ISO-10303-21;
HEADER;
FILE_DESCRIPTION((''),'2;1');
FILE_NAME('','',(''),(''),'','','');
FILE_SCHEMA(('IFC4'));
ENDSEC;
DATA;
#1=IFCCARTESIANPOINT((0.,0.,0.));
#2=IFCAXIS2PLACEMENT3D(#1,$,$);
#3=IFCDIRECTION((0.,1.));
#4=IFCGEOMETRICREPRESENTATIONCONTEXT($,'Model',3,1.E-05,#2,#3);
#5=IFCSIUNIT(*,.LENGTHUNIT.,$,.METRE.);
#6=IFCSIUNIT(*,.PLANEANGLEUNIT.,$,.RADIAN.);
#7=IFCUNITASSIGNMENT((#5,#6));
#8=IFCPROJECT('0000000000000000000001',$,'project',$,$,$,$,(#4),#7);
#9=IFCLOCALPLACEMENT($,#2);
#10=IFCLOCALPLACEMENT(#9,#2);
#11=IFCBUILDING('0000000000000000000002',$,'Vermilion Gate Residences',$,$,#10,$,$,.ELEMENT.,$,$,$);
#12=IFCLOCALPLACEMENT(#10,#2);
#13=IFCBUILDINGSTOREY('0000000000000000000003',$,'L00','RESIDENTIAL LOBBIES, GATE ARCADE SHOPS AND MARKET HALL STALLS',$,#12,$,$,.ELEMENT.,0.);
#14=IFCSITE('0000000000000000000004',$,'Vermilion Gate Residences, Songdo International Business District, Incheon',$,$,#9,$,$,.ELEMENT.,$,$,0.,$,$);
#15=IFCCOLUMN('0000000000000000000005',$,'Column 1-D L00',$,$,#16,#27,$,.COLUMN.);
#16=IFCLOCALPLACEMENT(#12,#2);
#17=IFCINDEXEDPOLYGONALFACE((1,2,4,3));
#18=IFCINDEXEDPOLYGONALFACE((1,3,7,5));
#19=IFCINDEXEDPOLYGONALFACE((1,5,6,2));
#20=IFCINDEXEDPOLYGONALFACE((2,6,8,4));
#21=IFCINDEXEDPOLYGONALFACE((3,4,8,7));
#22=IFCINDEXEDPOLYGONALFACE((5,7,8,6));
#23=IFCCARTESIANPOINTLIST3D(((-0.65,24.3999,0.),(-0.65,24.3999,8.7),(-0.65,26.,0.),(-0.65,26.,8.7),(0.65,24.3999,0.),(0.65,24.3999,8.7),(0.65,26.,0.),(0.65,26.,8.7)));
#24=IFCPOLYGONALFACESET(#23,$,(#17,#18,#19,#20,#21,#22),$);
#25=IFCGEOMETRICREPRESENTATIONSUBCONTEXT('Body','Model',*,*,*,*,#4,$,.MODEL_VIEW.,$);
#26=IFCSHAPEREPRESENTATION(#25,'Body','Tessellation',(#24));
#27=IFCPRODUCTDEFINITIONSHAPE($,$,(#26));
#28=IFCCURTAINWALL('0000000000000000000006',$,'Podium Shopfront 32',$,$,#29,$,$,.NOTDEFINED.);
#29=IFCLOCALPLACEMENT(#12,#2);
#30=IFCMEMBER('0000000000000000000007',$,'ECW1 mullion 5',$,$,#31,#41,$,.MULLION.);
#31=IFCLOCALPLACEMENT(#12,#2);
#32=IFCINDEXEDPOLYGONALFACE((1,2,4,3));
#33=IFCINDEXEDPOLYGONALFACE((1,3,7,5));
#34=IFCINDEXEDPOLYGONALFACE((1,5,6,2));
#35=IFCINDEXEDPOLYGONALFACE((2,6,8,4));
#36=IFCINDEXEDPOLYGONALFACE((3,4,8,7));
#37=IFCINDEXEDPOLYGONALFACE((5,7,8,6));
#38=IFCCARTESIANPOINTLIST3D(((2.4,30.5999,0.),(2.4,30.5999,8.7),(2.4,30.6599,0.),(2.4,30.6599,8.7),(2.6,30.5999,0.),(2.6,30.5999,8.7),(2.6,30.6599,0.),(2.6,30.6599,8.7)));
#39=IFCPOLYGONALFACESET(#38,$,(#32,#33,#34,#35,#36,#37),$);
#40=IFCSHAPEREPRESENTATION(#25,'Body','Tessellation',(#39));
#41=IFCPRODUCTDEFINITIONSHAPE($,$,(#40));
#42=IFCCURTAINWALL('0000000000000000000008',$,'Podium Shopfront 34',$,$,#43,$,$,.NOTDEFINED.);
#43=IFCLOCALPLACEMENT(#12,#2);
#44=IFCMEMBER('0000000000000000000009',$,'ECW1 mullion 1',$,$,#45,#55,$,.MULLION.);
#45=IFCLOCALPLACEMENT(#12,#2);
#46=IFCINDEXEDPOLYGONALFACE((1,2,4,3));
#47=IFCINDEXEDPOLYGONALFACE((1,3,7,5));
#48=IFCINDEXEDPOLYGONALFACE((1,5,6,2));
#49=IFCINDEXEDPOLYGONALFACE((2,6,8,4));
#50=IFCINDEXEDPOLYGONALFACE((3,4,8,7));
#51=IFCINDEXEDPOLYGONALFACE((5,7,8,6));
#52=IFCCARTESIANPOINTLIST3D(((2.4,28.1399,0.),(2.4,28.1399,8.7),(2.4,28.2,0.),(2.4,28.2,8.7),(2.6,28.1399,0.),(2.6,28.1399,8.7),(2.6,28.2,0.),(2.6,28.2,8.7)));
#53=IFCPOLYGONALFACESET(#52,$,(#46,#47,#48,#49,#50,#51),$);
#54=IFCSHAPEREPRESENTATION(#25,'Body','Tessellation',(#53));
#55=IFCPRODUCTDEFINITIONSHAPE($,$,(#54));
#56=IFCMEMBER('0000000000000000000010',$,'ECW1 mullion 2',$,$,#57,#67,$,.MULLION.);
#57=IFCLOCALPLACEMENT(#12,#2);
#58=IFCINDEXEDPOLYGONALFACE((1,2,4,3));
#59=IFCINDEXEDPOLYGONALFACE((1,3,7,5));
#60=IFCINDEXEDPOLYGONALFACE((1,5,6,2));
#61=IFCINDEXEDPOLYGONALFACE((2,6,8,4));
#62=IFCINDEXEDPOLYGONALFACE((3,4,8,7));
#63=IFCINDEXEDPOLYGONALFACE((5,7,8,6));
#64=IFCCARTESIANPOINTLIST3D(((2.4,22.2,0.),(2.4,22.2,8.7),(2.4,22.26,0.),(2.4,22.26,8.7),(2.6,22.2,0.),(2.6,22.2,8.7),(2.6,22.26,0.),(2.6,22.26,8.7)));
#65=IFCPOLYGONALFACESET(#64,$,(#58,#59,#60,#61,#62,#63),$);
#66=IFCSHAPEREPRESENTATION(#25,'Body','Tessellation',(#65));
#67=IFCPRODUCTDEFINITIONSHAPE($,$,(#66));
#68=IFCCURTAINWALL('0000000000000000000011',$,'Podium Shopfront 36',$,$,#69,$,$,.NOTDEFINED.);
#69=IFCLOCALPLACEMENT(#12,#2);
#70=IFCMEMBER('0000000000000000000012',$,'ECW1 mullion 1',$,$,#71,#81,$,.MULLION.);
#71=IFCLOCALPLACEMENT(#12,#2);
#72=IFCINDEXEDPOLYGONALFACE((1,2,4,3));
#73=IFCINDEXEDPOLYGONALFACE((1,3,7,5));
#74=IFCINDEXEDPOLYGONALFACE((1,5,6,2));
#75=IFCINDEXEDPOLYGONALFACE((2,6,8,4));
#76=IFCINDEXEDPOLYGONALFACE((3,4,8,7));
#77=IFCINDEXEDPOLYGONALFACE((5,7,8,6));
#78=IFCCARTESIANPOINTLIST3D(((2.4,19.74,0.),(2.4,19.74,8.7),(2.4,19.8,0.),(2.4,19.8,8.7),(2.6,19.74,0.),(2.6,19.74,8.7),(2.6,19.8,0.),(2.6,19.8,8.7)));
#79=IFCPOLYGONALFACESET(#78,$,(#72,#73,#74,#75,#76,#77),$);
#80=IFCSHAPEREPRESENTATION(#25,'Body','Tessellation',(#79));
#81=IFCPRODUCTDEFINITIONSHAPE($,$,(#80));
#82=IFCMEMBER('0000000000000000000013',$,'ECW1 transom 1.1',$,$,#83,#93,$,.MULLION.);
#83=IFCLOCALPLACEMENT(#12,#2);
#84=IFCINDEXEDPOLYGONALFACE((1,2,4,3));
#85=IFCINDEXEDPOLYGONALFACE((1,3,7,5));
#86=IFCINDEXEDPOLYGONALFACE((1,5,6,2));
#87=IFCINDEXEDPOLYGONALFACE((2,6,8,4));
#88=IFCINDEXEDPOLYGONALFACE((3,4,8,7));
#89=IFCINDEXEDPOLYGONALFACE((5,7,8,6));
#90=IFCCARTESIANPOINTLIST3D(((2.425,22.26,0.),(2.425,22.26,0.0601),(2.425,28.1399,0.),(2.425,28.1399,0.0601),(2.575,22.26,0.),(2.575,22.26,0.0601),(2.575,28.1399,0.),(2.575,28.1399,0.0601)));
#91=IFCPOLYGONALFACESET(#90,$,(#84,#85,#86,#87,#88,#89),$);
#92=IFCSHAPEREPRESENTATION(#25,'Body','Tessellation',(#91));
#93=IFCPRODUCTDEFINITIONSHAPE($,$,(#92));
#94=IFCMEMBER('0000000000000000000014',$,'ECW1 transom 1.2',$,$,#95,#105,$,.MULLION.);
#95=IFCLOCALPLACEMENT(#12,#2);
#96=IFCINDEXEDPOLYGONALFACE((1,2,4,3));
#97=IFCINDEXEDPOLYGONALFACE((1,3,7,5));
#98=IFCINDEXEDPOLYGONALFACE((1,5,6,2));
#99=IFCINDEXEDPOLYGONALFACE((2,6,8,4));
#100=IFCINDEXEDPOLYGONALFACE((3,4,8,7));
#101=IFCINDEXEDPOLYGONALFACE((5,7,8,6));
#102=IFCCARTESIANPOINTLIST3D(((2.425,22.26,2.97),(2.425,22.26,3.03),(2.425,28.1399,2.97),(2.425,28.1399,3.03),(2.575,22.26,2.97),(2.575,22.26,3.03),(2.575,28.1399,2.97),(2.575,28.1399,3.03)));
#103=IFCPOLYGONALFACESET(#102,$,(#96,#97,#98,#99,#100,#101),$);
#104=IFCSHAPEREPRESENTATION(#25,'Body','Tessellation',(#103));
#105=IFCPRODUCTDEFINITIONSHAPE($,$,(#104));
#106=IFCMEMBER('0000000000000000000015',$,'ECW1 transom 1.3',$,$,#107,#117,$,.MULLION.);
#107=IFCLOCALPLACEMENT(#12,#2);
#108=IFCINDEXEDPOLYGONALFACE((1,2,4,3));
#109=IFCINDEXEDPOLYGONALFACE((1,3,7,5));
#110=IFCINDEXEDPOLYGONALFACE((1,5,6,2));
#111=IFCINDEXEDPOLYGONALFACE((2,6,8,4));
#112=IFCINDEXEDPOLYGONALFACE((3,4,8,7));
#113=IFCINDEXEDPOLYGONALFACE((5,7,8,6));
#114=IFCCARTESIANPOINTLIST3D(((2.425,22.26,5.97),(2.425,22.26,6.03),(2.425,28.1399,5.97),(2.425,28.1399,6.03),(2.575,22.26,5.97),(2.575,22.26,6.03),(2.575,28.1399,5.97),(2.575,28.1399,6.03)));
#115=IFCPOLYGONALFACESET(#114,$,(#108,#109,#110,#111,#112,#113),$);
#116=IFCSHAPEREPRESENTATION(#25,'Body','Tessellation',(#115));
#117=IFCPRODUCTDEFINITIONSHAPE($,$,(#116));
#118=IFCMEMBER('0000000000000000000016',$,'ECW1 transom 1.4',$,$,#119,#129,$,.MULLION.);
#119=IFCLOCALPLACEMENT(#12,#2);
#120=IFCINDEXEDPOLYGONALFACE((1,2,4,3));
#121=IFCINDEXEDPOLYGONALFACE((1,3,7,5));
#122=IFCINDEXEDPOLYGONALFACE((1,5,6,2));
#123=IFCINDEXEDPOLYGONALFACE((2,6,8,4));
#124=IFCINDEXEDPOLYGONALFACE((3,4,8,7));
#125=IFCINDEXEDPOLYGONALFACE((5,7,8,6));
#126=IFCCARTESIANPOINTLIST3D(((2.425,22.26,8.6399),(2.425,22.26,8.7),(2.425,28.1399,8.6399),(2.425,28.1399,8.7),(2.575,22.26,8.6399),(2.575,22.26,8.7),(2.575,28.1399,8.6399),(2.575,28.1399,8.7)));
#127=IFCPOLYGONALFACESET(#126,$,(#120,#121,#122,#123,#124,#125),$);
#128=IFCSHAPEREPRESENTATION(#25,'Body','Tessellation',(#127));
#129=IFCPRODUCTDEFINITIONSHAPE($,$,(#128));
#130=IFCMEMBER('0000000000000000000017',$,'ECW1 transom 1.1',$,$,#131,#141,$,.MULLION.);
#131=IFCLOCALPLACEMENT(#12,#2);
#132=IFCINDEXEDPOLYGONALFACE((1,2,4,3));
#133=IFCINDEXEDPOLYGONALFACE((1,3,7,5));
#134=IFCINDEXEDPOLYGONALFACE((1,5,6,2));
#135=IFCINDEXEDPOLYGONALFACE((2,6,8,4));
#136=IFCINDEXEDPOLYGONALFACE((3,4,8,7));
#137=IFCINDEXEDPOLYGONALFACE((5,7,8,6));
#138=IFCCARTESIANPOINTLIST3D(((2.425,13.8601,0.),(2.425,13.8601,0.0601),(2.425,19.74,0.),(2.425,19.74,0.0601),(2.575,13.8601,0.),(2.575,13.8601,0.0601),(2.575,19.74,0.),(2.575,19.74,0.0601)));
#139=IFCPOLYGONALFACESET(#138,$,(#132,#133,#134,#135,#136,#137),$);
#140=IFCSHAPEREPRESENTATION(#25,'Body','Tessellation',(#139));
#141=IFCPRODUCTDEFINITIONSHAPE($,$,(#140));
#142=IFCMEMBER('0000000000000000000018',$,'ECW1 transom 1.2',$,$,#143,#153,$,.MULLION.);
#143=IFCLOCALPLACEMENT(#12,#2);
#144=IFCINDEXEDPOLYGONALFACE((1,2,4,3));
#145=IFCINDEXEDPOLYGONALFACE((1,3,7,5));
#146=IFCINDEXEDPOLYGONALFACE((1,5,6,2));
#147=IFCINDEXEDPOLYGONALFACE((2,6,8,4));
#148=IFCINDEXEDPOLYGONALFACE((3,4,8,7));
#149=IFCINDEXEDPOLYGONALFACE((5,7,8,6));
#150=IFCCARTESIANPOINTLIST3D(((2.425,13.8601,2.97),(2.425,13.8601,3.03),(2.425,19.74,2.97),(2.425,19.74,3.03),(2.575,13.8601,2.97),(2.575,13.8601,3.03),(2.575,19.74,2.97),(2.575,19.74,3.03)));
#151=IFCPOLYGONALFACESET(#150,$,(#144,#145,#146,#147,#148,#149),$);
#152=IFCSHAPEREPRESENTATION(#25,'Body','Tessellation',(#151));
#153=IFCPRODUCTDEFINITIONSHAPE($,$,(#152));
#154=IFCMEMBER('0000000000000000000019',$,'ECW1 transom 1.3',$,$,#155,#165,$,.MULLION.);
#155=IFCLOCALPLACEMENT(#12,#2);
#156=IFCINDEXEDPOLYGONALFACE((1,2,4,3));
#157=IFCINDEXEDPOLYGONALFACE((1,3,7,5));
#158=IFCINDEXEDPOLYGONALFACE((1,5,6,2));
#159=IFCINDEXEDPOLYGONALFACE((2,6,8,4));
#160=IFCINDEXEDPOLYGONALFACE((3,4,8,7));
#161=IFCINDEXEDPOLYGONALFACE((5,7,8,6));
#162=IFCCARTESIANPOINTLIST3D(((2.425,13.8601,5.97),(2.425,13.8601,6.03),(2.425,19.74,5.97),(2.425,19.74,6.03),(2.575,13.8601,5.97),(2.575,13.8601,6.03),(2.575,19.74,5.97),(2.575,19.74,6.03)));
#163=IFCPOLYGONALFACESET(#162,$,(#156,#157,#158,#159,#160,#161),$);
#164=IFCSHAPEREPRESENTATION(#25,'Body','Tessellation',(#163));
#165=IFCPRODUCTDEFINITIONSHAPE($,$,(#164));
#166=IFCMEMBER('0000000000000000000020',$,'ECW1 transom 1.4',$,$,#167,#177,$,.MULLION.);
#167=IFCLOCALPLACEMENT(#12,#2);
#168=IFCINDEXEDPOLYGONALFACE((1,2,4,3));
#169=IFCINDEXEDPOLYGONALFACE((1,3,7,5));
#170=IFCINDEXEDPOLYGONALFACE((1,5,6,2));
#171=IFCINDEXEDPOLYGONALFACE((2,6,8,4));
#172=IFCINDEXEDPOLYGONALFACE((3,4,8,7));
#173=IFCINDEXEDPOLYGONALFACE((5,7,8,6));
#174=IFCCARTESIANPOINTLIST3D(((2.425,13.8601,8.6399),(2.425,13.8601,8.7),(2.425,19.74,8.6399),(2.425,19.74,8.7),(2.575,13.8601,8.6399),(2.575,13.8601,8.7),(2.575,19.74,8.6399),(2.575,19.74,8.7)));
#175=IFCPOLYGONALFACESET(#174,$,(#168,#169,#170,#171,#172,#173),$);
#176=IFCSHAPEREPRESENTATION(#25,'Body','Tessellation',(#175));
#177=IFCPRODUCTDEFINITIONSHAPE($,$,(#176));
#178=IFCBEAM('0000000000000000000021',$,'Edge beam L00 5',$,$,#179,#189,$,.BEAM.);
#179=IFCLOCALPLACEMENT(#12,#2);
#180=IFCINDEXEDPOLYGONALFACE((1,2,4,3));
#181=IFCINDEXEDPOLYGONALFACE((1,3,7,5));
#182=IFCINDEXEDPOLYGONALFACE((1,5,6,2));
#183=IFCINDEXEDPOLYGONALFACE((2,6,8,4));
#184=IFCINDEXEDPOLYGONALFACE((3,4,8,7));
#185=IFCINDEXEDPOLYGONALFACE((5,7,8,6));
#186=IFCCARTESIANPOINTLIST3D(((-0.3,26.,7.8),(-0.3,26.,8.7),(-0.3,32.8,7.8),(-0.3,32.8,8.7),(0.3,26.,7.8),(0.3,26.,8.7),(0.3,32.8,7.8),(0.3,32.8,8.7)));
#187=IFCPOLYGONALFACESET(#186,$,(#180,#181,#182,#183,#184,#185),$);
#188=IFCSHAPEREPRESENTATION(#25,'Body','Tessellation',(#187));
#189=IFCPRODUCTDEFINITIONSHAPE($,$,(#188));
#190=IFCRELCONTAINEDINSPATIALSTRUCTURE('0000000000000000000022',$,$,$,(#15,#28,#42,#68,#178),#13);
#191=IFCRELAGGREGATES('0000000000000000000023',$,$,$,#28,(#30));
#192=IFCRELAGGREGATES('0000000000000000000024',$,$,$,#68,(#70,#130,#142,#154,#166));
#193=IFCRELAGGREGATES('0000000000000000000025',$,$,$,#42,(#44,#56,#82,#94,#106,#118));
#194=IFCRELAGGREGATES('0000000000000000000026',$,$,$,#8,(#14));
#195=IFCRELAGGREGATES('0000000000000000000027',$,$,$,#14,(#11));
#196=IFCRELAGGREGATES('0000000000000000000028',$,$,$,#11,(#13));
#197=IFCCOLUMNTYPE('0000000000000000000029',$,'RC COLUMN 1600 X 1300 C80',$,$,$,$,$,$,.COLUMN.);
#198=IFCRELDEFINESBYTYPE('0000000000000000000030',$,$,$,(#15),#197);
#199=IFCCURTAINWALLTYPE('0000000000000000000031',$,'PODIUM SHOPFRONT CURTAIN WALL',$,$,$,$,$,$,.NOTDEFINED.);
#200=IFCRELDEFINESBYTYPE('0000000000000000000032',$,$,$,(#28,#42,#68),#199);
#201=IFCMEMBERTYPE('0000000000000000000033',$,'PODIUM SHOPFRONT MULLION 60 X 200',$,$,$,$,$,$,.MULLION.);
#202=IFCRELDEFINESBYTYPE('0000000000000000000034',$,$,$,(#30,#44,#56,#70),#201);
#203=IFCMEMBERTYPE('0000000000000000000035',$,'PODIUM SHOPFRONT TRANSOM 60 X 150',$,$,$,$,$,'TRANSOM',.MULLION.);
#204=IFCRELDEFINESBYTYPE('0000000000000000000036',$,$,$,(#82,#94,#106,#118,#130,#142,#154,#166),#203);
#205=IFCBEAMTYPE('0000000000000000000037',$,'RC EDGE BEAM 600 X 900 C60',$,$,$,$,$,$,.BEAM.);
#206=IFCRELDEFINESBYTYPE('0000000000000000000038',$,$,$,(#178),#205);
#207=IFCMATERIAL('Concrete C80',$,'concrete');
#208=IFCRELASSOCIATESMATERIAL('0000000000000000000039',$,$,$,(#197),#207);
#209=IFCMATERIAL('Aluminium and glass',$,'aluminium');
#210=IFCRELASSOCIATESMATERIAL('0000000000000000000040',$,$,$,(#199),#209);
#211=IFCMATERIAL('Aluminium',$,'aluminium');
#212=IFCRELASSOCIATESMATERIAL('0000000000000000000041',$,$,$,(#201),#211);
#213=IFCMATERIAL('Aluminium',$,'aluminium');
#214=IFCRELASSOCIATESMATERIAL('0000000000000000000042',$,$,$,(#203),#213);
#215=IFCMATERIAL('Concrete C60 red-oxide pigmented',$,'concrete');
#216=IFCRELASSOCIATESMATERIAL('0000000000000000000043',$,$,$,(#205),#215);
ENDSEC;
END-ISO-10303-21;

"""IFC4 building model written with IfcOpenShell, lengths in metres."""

from ifc_helpers import new_model, si_unit, direction, frame, origin, origin_2d, place, context, subcontext, project, spatial, rectangle, extrude, material, material_profile, profile_set, type_object, element, aggregate, save


model = new_model("IFC4")

# Units and contexts
model_context = context("Model", 3, precision=1e-05, world=origin(), true_north=direction((0.0, 1.0)))
body_context = subcontext(model_context, "Body", "Model", "MODEL_VIEW")
ifc_project = project(units=[si_unit("LENGTHUNIT", "METRE"), si_unit("PLANEANGLEUNIT", "RADIAN")], contexts=[model_context])

# Site, building, storey
site_placement = place(None, origin())
site = spatial("IfcSite", under=ifc_project, at=site_placement, Name="Vermilion Gate Residences, Songdo International Business District, Incheon", CompositionType="ELEMENT", RefElevation=0.0)
building_placement = place(site_placement, origin())
building = spatial("IfcBuilding", under=site, at=building_placement, Name="Vermilion Gate Residences", CompositionType="ELEMENT")
storey_placement = place(building_placement, origin())
storey = spatial("IfcBuildingStorey", under=building, at=storey_placement, Name="L00", Description="RESIDENTIAL LOBBIES, GATE ARCADE SHOPS AND MARKET HALL STALLS", CompositionType="ELEMENT", Elevation=0.0)

# Column
ifc_material_1 = material(Name="Concrete C80", Category="concrete")
ifc_material_profile_1 = material_profile(ifc_material_1, rectangle(XDim=1.6001, YDim=1.3, at=origin_2d()), Name="RC-1600x1300")
ifc_profile_set_1 = profile_set([ifc_material_profile_1], Name="Concrete C80")
column_type = type_object("IfcColumnType", Name="RC COLUMN 1600 X 1300 C80", PredefinedType="COLUMN", material=ifc_profile_set_1)
column_placement = place(storey_placement, frame((0.0, 25.2, 0.0), z_axis=(0.0, 0.0, 1.0), x_axis=(0.0, 1.0, 0.0)))
element("IfcColumn", 1, at=column_placement, inside=storey, type_object=column_type, Name="Column 1-D L00", PredefinedType="COLUMN", context=body_context, shape_type="SweptSolid", body=[
    extrude(rectangle(XDim=1.6001, YDim=1.3, at=origin_2d()), origin(), (0.0, 0.0, 1.0), 8.7),
])

# Curtain wall, member
ifc_material_2 = material(Name="Aluminium and glass", Category="aluminium")
curtain_wall_type = type_object("IfcCurtainWallType", Name="PODIUM SHOPFRONT CURTAIN WALL", PredefinedType="NOTDEFINED", material=ifc_material_2)
curtain_wall_1_placement = place(storey_placement, origin())
curtain_wall_1 = element("IfcCurtainWall", 2, at=curtain_wall_1_placement, inside=storey, type_object=curtain_wall_type, Name="Podium Shopfront 32", PredefinedType="NOTDEFINED")
ifc_material_3 = material(Name="Aluminium", Category="aluminium")
ifc_material_profile_2 = material_profile(ifc_material_3, rectangle(XDim=0.2, YDim=0.0601, at=origin_2d()), Name="MULLION 60 X 200")
ifc_profile_set_2 = profile_set([ifc_material_profile_2], Name="Aluminium")
member_type_1 = type_object("IfcMemberType", Name="PODIUM SHOPFRONT MULLION 60 X 200", PredefinedType="MULLION", material=ifc_profile_set_2)
member_1_placement = place(storey_placement, frame((2.5, 30.6299, 0.0), z_axis=(0.0, 0.0, 1.0), x_axis=(1.0, 0.0, 0.0)))
member_1 = element("IfcMember", 3, at=member_1_placement, type_object=member_type_1, Name="ECW1 mullion 5", PredefinedType="MULLION", context=body_context, shape_type="SweptSolid", body=[
    extrude(rectangle(XDim=0.2, YDim=0.0601, at=origin_2d()), origin(), (0.0, 0.0, 1.0), 8.7),
])
aggregate(curtain_wall_1, [member_1])

# Curtain wall, members
curtain_wall_2_placement = place(storey_placement, origin())
curtain_wall_2 = element("IfcCurtainWall", 4, at=curtain_wall_2_placement, inside=storey, type_object=curtain_wall_type, Name="Podium Shopfront 34", PredefinedType="NOTDEFINED")
member_2_placement = place(storey_placement, frame((2.5, 28.1699, 0.0), z_axis=(0.0, 0.0, 1.0), x_axis=(1.0, 0.0, 0.0)))
member_2 = element("IfcMember", 5, at=member_2_placement, type_object=member_type_1, Name="ECW1 mullion 1", PredefinedType="MULLION", context=body_context, shape_type="SweptSolid", body=[
    extrude(rectangle(XDim=0.2, YDim=0.0601, at=origin_2d()), origin(), (0.0, 0.0, 1.0), 8.7),
])
member_3_placement = place(storey_placement, frame((2.5, 22.23, 0.0), z_axis=(0.0, 0.0, 1.0), x_axis=(1.0, 0.0, 0.0)))
member_3 = element("IfcMember", 6, at=member_3_placement, type_object=member_type_1, Name="ECW1 mullion 2", PredefinedType="MULLION", context=body_context, shape_type="SweptSolid", body=[
    extrude(rectangle(XDim=0.2, YDim=0.0601, at=origin_2d()), origin(), (0.0, 0.0, 1.0), 8.7),
])

# Curtain wall, member
curtain_wall_3_placement = place(storey_placement, origin())
curtain_wall_3 = element("IfcCurtainWall", 7, at=curtain_wall_3_placement, inside=storey, type_object=curtain_wall_type, Name="Podium Shopfront 36", PredefinedType="NOTDEFINED")
member_4_placement = place(storey_placement, frame((2.5, 19.77, 0.0), z_axis=(0.0, 0.0, 1.0), x_axis=(1.0, 0.0, 0.0)))
member_4 = element("IfcMember", 8, at=member_4_placement, type_object=member_type_1, Name="ECW1 mullion 1", PredefinedType="MULLION", context=body_context, shape_type="SweptSolid", body=[
    extrude(rectangle(XDim=0.2, YDim=0.0601, at=origin_2d()), origin(), (0.0, 0.0, 1.0), 8.7),
])

# Members
ifc_material_4 = material(Name="Aluminium", Category="aluminium")
ifc_material_profile_3 = material_profile(ifc_material_4, rectangle(XDim=0.1499, YDim=0.0601, at=origin_2d()), Name="TRANSOM 60 X 150")
ifc_profile_set_3 = profile_set([ifc_material_profile_3], Name="Aluminium")
member_type_2 = type_object("IfcMemberType", Name="PODIUM SHOPFRONT TRANSOM 60 X 150", ElementType="TRANSOM", PredefinedType="MULLION", material=ifc_profile_set_3)
member_5_placement = place(storey_placement, frame((2.5, 28.1399, 0.03), z_axis=(0.0, -1.0, 0.0), x_axis=(1.0, 0.0, 0.0)))
member_5 = element("IfcMember", 9, at=member_5_placement, type_object=member_type_2, Name="ECW1 transom 1.1", PredefinedType="MULLION", context=body_context, shape_type="SweptSolid", body=[
    extrude(rectangle(XDim=0.1499, YDim=0.0601, at=origin_2d()), origin(), (0.0, 0.0, 1.0), 5.8799),
])
member_6_placement = place(storey_placement, frame((2.5, 28.1399, 3.0), z_axis=(0.0, -1.0, 0.0), x_axis=(1.0, 0.0, 0.0)))
member_6 = element("IfcMember", 10, at=member_6_placement, type_object=member_type_2, Name="ECW1 transom 1.2", PredefinedType="MULLION", context=body_context, shape_type="SweptSolid", body=[
    extrude(rectangle(XDim=0.1499, YDim=0.0601, at=origin_2d()), origin(), (0.0, 0.0, 1.0), 5.8799),
])
member_7_placement = place(storey_placement, frame((2.5, 28.1399, 6.0), z_axis=(0.0, -1.0, 0.0), x_axis=(1.0, 0.0, 0.0)))
member_7 = element("IfcMember", 11, at=member_7_placement, type_object=member_type_2, Name="ECW1 transom 1.3", PredefinedType="MULLION", context=body_context, shape_type="SweptSolid", body=[
    extrude(rectangle(XDim=0.1499, YDim=0.0601, at=origin_2d()), origin(), (0.0, 0.0, 1.0), 5.8799),
])
member_8_placement = place(storey_placement, frame((2.5, 28.1399, 8.6699), z_axis=(0.0, -1.0, 0.0), x_axis=(1.0, 0.0, 0.0)))
member_8 = element("IfcMember", 12, at=member_8_placement, type_object=member_type_2, Name="ECW1 transom 1.4", PredefinedType="MULLION", context=body_context, shape_type="SweptSolid", body=[
    extrude(rectangle(XDim=0.1499, YDim=0.0601, at=origin_2d()), origin(), (0.0, 0.0, 1.0), 5.8799),
])
member_9_placement = place(storey_placement, frame((2.5, 19.74, 0.03), z_axis=(0.0, -1.0, 0.0), x_axis=(1.0, 0.0, 0.0)))
member_9 = element("IfcMember", 13, at=member_9_placement, type_object=member_type_2, Name="ECW1 transom 1.1", PredefinedType="MULLION", context=body_context, shape_type="SweptSolid", body=[
    extrude(rectangle(XDim=0.1499, YDim=0.0601, at=origin_2d()), origin(), (0.0, 0.0, 1.0), 5.8799),
])
member_10_placement = place(storey_placement, frame((2.5, 19.74, 3.0), z_axis=(0.0, -1.0, 0.0), x_axis=(1.0, 0.0, 0.0)))
member_10 = element("IfcMember", 14, at=member_10_placement, type_object=member_type_2, Name="ECW1 transom 1.2", PredefinedType="MULLION", context=body_context, shape_type="SweptSolid", body=[
    extrude(rectangle(XDim=0.1499, YDim=0.0601, at=origin_2d()), origin(), (0.0, 0.0, 1.0), 5.8799),
])
member_11_placement = place(storey_placement, frame((2.5, 19.74, 6.0), z_axis=(0.0, -1.0, 0.0), x_axis=(1.0, 0.0, 0.0)))
member_11 = element("IfcMember", 15, at=member_11_placement, type_object=member_type_2, Name="ECW1 transom 1.3", PredefinedType="MULLION", context=body_context, shape_type="SweptSolid", body=[
    extrude(rectangle(XDim=0.1499, YDim=0.0601, at=origin_2d()), origin(), (0.0, 0.0, 1.0), 5.8799),
])
member_12_placement = place(storey_placement, frame((2.5, 19.74, 8.6699), z_axis=(0.0, -1.0, 0.0), x_axis=(1.0, 0.0, 0.0)))
member_12 = element("IfcMember", 16, at=member_12_placement, type_object=member_type_2, Name="ECW1 transom 1.4", PredefinedType="MULLION", context=body_context, shape_type="SweptSolid", body=[
    extrude(rectangle(XDim=0.1499, YDim=0.0601, at=origin_2d()), origin(), (0.0, 0.0, 1.0), 5.8799),
])
aggregate(curtain_wall_3, [member_4, member_9, member_10, member_11, member_12])

# Beam
ifc_material_5 = material(Name="Concrete C60 red-oxide pigmented", Category="concrete")
ifc_material_profile_4 = material_profile(ifc_material_5, rectangle(XDim=0.6001, YDim=0.8999, at=origin_2d()), Name="RC-600x900")
ifc_profile_set_4 = profile_set([ifc_material_profile_4], Name="Concrete C60 red-oxide pigmented")
beam_type = type_object("IfcBeamType", Name="RC EDGE BEAM 600 X 900 C60", PredefinedType="BEAM", material=ifc_profile_set_4)
beam_placement = place(storey_placement, frame((0.0, 26.0, 8.25), z_axis=(0.0, 1.0, 0.0), x_axis=(-1.0, 0.0, 0.0)))
element("IfcBeam", 17, at=beam_placement, inside=storey, type_object=beam_type, Name="Edge beam L00 5", PredefinedType="BEAM", context=body_context, shape_type="SweptSolid", body=[
    extrude(rectangle(XDim=0.6001, YDim=0.8999, at=origin_2d()), origin(), (0.0, 0.0, 1.0), 6.8),
])

aggregate(curtain_wall_2, [member_2, member_3, member_5, member_6, member_7, member_8])

save(model, "model.ifc")
